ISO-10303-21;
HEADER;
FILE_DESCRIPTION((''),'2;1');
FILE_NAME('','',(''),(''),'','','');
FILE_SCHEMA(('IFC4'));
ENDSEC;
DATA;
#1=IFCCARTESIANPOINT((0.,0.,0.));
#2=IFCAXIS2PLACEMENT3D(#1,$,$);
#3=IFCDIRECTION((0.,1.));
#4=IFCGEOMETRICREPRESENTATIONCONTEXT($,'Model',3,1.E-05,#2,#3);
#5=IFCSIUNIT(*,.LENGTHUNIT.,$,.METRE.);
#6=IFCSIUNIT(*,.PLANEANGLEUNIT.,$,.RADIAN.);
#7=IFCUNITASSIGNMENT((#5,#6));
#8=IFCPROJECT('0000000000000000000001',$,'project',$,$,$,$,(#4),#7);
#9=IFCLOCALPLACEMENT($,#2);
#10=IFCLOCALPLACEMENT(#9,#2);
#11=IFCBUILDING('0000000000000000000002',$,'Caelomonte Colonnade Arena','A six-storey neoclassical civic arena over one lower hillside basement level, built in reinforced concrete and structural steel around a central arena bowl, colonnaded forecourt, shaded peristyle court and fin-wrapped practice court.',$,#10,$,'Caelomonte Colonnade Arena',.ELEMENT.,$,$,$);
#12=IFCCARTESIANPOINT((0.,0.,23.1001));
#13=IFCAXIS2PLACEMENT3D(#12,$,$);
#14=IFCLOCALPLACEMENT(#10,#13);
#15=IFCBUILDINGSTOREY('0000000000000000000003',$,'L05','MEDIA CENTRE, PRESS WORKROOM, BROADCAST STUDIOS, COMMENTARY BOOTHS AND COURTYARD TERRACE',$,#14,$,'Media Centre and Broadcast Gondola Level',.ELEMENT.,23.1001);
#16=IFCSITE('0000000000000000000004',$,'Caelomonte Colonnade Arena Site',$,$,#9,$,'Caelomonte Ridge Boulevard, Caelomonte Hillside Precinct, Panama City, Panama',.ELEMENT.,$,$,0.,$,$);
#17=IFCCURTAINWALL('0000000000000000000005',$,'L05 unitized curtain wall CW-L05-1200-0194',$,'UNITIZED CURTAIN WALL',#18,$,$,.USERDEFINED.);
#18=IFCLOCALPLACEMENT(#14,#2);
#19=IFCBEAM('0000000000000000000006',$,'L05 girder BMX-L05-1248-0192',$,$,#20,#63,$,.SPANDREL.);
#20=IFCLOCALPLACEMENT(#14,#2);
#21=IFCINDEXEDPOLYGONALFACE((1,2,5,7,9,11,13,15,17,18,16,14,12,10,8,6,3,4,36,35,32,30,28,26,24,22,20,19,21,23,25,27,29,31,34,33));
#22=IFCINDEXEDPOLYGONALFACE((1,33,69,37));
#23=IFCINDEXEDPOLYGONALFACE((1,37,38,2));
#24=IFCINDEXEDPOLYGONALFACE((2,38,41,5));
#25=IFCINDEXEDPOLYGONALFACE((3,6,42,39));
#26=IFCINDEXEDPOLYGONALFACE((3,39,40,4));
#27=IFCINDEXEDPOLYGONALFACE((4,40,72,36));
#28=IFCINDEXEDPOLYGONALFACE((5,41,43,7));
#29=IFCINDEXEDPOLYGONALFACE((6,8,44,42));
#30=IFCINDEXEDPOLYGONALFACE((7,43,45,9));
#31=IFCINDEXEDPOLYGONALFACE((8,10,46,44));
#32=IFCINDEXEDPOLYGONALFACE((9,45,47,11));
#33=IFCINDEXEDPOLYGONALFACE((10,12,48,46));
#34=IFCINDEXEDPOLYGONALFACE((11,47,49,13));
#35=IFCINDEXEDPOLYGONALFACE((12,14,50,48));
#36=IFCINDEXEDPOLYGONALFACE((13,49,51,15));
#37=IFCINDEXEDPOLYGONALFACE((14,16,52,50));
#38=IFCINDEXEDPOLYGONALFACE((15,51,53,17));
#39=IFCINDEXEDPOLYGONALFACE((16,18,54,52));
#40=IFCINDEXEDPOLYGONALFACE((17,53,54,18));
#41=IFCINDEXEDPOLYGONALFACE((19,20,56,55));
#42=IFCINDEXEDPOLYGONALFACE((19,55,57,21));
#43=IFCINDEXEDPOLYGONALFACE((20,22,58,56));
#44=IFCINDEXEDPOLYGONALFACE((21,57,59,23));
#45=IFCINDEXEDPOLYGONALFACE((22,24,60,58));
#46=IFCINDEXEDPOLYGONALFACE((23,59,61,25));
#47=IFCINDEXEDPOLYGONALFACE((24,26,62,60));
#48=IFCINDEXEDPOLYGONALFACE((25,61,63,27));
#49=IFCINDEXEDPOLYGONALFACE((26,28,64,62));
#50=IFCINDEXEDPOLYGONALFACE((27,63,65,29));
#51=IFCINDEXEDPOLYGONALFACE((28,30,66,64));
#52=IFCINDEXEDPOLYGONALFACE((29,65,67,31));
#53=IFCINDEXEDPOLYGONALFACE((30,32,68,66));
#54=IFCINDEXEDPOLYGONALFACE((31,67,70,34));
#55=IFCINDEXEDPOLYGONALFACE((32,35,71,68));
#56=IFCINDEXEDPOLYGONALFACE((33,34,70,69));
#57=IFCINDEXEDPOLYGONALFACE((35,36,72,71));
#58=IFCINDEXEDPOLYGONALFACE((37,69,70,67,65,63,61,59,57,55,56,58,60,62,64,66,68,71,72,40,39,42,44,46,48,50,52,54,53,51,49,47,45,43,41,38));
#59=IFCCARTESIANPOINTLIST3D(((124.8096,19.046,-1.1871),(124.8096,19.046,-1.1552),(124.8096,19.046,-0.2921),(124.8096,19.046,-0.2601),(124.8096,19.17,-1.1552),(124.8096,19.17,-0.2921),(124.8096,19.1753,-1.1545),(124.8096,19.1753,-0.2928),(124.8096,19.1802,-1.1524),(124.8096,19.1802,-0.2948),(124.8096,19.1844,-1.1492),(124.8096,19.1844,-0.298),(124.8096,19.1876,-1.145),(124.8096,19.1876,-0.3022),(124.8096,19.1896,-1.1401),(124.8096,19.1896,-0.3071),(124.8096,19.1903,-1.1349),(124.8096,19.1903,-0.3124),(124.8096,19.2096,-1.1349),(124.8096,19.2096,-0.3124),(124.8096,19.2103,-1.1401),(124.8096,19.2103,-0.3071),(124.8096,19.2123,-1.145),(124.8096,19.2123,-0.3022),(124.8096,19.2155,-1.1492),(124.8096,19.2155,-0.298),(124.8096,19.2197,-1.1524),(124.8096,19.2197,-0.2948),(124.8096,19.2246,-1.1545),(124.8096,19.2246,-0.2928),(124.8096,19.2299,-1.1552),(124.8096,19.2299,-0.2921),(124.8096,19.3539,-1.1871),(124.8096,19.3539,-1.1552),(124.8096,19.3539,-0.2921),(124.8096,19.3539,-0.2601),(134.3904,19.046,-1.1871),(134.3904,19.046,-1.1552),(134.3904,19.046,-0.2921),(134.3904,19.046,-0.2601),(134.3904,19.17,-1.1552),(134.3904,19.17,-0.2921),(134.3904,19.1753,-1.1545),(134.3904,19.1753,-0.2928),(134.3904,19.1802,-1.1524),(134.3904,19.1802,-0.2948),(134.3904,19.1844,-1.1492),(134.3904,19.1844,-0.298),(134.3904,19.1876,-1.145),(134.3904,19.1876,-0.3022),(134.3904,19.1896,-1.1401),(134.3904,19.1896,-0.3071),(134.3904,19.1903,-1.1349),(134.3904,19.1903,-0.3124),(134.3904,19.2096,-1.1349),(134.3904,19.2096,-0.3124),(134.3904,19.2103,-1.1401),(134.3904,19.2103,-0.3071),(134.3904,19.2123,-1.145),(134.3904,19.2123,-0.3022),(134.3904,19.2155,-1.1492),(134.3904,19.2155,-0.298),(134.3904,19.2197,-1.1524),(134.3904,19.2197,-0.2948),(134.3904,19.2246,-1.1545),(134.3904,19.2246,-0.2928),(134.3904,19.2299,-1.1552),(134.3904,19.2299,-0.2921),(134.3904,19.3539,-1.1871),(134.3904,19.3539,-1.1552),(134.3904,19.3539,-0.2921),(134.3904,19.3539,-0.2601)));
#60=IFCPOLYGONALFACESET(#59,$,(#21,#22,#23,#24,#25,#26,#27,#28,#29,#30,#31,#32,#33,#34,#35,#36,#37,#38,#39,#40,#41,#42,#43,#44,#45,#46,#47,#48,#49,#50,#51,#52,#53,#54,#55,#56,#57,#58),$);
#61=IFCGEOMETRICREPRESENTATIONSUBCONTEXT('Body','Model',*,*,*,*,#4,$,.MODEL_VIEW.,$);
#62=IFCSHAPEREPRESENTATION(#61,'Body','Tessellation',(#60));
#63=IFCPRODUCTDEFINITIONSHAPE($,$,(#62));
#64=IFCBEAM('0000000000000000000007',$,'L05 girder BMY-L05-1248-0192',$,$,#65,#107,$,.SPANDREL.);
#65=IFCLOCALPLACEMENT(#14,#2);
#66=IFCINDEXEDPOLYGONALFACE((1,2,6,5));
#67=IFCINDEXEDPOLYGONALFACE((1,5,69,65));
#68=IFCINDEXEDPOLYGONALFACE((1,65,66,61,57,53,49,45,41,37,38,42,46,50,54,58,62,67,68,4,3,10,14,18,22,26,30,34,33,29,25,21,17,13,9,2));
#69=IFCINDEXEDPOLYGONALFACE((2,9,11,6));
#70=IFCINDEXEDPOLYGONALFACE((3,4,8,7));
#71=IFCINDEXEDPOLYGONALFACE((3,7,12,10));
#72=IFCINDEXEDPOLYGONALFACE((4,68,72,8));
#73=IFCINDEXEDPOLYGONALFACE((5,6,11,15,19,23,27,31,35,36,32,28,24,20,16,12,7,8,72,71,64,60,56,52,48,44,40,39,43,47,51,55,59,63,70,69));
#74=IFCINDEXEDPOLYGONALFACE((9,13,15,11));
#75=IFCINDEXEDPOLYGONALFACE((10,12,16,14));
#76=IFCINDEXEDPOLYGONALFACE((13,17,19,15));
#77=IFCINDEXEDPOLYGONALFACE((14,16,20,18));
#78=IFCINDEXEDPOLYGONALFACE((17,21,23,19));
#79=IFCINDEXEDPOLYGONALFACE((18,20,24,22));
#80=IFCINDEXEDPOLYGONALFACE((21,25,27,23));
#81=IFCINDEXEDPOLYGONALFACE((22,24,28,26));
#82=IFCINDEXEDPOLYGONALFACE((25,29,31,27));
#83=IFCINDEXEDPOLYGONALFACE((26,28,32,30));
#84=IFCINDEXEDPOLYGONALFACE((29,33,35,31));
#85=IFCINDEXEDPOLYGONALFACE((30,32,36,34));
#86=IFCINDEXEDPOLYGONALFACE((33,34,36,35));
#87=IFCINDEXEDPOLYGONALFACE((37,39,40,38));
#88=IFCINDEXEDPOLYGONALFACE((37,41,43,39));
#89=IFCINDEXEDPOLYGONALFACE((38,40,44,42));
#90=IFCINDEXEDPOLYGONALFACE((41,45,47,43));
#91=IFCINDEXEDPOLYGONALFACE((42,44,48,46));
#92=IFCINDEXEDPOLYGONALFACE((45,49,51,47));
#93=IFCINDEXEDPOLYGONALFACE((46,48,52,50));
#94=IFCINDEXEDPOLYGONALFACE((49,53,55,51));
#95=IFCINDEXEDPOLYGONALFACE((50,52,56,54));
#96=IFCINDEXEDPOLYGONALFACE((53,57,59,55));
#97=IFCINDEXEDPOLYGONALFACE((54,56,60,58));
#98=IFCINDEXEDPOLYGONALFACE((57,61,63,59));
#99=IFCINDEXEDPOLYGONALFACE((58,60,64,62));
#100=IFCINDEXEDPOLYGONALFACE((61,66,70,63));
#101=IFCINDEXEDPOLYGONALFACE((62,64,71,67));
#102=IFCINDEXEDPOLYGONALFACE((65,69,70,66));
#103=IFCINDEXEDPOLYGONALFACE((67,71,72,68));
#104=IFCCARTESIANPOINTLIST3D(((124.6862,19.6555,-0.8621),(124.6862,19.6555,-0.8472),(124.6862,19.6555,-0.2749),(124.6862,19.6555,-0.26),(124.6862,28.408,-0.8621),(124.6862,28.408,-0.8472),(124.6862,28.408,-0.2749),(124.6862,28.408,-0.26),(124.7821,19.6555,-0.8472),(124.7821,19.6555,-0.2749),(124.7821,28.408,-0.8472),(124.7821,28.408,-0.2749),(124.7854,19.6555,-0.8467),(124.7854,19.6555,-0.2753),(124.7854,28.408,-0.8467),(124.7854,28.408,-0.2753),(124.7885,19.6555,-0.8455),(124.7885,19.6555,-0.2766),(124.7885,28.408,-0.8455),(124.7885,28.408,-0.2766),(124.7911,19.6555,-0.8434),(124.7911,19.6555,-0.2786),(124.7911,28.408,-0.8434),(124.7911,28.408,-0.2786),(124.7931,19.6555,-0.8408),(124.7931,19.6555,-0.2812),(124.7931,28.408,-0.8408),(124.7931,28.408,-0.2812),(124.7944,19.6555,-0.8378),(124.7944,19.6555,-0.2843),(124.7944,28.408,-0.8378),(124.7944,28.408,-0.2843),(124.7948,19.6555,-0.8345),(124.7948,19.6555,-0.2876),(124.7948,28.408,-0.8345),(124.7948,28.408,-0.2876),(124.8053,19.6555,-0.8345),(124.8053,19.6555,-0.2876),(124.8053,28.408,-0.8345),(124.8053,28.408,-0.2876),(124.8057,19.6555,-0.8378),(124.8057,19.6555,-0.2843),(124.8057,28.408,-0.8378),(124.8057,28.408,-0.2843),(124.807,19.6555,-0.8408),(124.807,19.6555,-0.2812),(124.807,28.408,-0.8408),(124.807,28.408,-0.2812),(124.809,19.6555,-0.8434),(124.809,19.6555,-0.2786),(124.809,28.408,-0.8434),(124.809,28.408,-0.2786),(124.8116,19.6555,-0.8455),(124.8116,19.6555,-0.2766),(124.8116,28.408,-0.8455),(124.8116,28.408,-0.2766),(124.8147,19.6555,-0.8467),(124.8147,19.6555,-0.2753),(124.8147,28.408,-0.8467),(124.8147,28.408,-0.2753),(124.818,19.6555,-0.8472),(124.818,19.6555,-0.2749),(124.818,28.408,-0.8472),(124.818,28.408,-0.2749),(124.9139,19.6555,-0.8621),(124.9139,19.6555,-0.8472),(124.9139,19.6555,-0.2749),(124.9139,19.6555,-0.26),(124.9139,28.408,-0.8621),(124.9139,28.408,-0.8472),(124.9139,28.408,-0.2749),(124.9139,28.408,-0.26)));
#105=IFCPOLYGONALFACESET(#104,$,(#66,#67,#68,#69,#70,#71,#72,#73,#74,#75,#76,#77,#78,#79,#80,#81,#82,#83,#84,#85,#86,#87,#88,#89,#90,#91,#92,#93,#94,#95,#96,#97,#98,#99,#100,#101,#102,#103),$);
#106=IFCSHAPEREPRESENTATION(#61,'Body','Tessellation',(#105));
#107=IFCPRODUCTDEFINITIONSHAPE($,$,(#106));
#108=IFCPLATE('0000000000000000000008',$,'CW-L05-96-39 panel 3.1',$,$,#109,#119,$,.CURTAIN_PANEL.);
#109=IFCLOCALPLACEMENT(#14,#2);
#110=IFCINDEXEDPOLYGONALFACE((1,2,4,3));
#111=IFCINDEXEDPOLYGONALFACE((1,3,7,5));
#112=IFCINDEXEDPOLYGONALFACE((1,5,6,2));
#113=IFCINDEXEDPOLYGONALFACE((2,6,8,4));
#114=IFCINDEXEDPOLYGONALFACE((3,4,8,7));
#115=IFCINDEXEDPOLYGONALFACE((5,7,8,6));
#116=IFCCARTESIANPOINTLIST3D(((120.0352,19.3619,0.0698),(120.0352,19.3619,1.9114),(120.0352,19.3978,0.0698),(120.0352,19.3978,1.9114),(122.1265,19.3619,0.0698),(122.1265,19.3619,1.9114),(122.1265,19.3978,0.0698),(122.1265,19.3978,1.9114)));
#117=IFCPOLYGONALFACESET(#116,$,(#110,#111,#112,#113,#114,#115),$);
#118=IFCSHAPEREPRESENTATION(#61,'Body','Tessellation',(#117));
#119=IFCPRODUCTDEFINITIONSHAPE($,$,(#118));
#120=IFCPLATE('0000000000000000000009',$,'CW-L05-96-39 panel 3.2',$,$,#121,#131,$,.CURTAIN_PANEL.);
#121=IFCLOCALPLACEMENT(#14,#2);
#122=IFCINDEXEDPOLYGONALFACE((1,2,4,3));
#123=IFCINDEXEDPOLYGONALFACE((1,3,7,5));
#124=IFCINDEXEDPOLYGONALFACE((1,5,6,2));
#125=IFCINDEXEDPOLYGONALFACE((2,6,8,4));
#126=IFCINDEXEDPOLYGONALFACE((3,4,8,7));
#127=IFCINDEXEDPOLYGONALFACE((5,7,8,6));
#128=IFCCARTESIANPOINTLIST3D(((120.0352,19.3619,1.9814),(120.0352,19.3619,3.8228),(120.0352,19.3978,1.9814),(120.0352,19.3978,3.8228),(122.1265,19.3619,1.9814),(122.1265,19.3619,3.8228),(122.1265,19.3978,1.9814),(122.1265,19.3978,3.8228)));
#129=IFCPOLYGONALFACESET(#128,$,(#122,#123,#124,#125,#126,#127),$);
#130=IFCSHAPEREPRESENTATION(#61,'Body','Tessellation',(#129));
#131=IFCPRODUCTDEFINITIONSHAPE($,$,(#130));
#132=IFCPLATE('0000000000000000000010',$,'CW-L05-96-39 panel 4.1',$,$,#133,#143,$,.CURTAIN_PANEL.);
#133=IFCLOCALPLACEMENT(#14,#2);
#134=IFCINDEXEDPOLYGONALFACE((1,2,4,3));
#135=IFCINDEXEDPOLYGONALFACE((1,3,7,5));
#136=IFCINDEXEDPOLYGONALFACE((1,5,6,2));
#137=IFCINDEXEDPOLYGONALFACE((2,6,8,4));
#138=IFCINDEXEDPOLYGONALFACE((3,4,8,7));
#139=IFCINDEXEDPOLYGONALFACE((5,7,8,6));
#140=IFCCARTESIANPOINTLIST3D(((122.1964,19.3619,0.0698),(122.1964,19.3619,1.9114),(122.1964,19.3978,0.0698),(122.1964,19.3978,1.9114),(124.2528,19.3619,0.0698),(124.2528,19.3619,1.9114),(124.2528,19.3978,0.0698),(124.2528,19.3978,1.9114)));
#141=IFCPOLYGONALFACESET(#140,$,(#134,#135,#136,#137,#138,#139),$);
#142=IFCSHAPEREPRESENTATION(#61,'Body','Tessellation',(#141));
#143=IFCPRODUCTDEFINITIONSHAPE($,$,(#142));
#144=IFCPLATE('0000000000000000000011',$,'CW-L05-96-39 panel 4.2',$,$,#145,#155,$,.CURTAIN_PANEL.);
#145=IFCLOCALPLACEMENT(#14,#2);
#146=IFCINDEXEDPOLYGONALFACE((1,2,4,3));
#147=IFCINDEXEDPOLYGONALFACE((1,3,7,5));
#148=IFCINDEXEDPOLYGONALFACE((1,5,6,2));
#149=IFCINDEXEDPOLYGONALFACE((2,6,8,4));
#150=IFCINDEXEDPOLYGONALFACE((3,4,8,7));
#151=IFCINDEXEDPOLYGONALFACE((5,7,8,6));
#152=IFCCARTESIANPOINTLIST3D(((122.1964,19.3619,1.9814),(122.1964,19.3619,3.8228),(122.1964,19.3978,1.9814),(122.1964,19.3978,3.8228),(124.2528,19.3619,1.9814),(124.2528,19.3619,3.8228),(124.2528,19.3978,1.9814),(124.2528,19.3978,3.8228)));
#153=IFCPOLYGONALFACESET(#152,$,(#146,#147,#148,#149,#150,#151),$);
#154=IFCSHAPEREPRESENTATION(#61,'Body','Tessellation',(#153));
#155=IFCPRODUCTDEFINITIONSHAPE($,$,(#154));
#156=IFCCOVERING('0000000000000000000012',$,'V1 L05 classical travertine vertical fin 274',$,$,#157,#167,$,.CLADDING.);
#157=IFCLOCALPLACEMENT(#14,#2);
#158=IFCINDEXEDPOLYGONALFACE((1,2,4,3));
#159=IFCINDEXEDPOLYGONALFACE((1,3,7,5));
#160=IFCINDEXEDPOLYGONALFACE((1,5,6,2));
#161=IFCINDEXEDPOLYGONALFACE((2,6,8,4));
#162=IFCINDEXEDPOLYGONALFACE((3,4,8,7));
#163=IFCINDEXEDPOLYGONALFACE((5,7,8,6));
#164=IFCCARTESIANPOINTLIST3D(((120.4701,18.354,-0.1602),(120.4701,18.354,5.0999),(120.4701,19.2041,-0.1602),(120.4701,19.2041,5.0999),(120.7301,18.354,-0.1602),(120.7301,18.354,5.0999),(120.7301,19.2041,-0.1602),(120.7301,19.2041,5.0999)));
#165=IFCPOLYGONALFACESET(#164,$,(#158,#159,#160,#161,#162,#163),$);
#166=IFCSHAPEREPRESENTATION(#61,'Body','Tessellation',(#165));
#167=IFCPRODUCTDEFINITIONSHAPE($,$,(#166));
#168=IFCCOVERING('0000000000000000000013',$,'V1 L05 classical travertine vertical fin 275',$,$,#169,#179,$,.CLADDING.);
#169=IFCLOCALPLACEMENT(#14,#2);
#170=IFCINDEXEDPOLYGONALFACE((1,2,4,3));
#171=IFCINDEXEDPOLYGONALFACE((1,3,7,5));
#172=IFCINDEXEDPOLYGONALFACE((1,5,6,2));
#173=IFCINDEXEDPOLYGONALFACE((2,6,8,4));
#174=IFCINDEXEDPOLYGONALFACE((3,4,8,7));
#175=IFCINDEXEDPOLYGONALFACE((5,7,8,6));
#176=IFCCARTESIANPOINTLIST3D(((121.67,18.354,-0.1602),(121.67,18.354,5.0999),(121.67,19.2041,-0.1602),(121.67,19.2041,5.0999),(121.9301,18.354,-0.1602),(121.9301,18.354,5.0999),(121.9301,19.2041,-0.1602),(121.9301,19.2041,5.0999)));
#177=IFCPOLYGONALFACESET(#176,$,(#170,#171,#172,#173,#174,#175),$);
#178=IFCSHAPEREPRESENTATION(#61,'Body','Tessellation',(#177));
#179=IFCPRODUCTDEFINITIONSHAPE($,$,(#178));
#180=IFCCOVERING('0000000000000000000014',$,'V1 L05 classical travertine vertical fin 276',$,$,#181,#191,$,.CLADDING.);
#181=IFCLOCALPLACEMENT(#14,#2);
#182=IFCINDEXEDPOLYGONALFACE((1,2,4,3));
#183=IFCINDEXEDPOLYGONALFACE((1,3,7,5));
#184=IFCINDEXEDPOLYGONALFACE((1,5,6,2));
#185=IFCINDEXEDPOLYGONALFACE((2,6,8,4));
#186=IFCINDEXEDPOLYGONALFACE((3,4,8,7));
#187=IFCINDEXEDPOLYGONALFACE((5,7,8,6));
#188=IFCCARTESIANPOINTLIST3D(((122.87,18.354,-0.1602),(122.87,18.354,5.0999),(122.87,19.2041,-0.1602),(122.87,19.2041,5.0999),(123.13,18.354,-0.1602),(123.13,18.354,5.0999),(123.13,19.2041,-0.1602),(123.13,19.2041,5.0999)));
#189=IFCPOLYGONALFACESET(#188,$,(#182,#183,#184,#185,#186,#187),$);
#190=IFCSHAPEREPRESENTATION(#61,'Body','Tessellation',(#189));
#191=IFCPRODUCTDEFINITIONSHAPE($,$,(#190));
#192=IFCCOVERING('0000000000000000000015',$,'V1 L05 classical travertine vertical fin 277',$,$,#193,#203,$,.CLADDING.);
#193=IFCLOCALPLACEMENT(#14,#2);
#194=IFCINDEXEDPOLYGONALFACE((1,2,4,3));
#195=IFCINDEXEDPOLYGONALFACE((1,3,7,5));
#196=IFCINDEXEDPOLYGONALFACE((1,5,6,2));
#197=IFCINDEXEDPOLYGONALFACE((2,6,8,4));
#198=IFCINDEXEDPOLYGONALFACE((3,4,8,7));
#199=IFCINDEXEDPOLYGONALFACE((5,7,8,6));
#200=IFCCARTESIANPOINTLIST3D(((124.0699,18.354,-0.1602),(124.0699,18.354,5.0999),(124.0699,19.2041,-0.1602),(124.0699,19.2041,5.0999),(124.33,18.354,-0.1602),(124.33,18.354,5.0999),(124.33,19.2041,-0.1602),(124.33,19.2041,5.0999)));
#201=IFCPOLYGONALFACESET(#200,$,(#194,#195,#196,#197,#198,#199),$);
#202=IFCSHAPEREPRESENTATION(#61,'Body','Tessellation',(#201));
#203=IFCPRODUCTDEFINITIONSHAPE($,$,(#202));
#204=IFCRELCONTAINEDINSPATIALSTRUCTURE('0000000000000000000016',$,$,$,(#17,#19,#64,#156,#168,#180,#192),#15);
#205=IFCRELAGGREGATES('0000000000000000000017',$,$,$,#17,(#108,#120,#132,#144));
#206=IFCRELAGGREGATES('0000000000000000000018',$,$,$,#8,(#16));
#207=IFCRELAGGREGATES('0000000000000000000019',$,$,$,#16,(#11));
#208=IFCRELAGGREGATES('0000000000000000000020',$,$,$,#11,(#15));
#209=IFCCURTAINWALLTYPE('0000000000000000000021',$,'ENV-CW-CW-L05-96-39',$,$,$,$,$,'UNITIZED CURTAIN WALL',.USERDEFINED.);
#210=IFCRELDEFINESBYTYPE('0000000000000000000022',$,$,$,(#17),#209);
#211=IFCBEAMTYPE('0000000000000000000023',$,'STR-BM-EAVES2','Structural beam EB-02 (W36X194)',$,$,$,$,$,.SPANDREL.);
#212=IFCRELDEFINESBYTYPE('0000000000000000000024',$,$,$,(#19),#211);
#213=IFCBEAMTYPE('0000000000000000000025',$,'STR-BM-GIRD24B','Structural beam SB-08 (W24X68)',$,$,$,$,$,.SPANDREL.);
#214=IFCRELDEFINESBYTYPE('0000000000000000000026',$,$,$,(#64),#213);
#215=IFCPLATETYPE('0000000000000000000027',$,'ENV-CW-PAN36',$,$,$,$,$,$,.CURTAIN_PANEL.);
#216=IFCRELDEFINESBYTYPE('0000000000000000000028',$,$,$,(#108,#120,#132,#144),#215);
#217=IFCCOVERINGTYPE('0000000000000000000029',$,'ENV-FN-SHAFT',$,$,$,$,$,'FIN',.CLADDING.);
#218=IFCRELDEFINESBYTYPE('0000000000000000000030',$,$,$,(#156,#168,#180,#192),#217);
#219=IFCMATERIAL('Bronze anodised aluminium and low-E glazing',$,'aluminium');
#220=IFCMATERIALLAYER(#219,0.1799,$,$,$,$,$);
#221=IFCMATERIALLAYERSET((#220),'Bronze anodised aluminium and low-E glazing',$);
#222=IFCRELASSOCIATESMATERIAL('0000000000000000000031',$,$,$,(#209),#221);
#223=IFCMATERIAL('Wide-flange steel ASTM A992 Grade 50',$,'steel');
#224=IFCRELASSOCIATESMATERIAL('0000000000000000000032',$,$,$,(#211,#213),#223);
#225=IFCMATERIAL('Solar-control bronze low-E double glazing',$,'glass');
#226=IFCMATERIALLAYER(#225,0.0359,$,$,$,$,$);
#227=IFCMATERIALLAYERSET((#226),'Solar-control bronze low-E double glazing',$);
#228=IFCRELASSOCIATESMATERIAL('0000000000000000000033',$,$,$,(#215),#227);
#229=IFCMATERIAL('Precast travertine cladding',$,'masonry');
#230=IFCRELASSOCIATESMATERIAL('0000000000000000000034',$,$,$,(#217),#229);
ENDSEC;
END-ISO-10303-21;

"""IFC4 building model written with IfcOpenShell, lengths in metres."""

from ifc_helpers import new_model, si_unit, direction, frame, origin, origin_2d, place, context, subcontext, project, spatial, rectangle, i_section, extrude, material, layer, layer_set, material_profile, profile_set, type_object, element, aggregate, save


model = new_model("IFC4")

# Units and contexts
model_context = context("Model", 3, precision=1e-05, world=origin(), true_north=direction((0.0, 1.0)))
body_context = subcontext(model_context, "Body", "Model", "MODEL_VIEW")
ifc_project = project(units=[si_unit("LENGTHUNIT", "METRE"), si_unit("PLANEANGLEUNIT", "RADIAN")], contexts=[model_context])

# Site, building, storey
site_placement = place(None, origin())
site = spatial("IfcSite", under=ifc_project, at=site_placement, Name="Caelomonte Colonnade Arena Site", LongName="Caelomonte Ridge Boulevard, Caelomonte Hillside Precinct, Panama City, Panama", CompositionType="ELEMENT", RefElevation=0.0)
building_placement = place(site_placement, origin())
building = spatial("IfcBuilding", under=site, at=building_placement, Name="Caelomonte Colonnade Arena", Description="A six-storey neoclassical civic arena over one lower hillside basement level, built in reinforced concrete and structural steel around a central arena bowl, colonnaded forecourt, shaded peristyle court and fin-wrapped practice court.", LongName="Caelomonte Colonnade Arena", CompositionType="ELEMENT")
storey_placement = place(building_placement, frame((0.0, 0.0, 23.1001)))
storey = spatial("IfcBuildingStorey", under=building, at=storey_placement, Name="L05", Description="MEDIA CENTRE, PRESS WORKROOM, BROADCAST STUDIOS, COMMENTARY BOOTHS AND COURTYARD TERRACE", LongName="Media Centre and Broadcast Gondola Level", CompositionType="ELEMENT", Elevation=23.1001)

# Shared definitions
ifc_material_1 = material(Name="Wide-flange steel ASTM A992 Grade 50", Category="steel")

# Curtain wall
ifc_material_2 = material(Name="Bronze anodised aluminium and low-E glazing", Category="aluminium")
ifc_layer_1 = layer(ifc_material_2, 0.1799)
ifc_layer_set_1 = layer_set([ifc_layer_1], Name="Bronze anodised aluminium and low-E glazing")
curtain_wall_type = type_object("IfcCurtainWallType", Name="ENV-CW-CW-L05-96-39", ElementType="UNITIZED CURTAIN WALL", PredefinedType="USERDEFINED", material=ifc_layer_set_1)
curtain_wall_1_placement = place(storey_placement, origin())
curtain_wall_1 = element("IfcCurtainWall", 1, at=curtain_wall_1_placement, inside=storey, type_object=curtain_wall_type, Name="L05 unitized curtain wall CW-L05-1200-0194", ObjectType="UNITIZED CURTAIN WALL", PredefinedType="USERDEFINED")

# Beams
ifc_material_profile_1 = material_profile(ifc_material_1, i_section(OverallWidth=0.3079, OverallDepth=0.927, WebThickness=0.0193, FlangeThickness=0.032, FilletRadius=0.0203, at=origin_2d()), Name="W36X194")
ifc_profile_set_1 = profile_set([ifc_material_profile_1], Name="Wide-flange steel ASTM A992 Grade 50")
beam_type_1 = type_object("IfcBeamType", Name="STR-BM-EAVES2", Description="Structural beam EB-02 (W36X194)", PredefinedType="SPANDREL", material=ifc_profile_set_1)
beam_1_placement = place(storey_placement, frame((124.8096, 19.2, -0.7236), z_axis=(1.0, 0.0, 0.0), x_axis=(0.0, 1.0, 0.0)))
element("IfcBeam", 2, at=beam_1_placement, inside=storey, type_object=beam_type_1, Name="L05 girder BMX-L05-1248-0192", PredefinedType="SPANDREL", context=body_context, shape_type="SweptSolid", body=[
    extrude(i_section(OverallWidth=0.3079, OverallDepth=0.927, WebThickness=0.0193, FlangeThickness=0.032, FilletRadius=0.0203, at=origin_2d()), origin(), (0.0, 0.0, 1.0), 9.5808),
])
ifc_material_profile_2 = material_profile(ifc_material_1, i_section(OverallWidth=0.2278, OverallDepth=0.6021, WebThickness=0.0105, FlangeThickness=0.0149, FilletRadius=0.0127, at=origin_2d()), Name="W24X68")
ifc_profile_set_2 = profile_set([ifc_material_profile_2], Name="Wide-flange steel ASTM A992 Grade 50")
beam_type_2 = type_object("IfcBeamType", Name="STR-BM-GIRD24B", Description="Structural beam SB-08 (W24X68)", PredefinedType="SPANDREL", material=ifc_profile_set_2)
beam_2_placement = place(storey_placement, frame((124.8, 19.6555, -0.561), z_axis=(0.0, 1.0, 0.0), x_axis=(-1.0, 0.0, 0.0)))
element("IfcBeam", 3, at=beam_2_placement, inside=storey, type_object=beam_type_2, Name="L05 girder BMY-L05-1248-0192", PredefinedType="SPANDREL", context=body_context, shape_type="SweptSolid", body=[
    extrude(i_section(OverallWidth=0.2278, OverallDepth=0.6021, WebThickness=0.0105, FlangeThickness=0.0149, FilletRadius=0.0127, at=origin_2d()), origin(), (0.0, 0.0, 1.0), 8.7524),
])

# Plates
ifc_material_3 = material(Name="Solar-control bronze low-E double glazing", Category="glass")
ifc_layer_2 = layer(ifc_material_3, 0.0359)
ifc_layer_set_2 = layer_set([ifc_layer_2], Name="Solar-control bronze low-E double glazing")
plate_type = type_object("IfcPlateType", Name="ENV-CW-PAN36", PredefinedType="CURTAIN_PANEL", material=ifc_layer_set_2)
plate_1_placement = place(storey_placement, frame((121.0808, 19.3799, 0.0698), z_axis=(0.0, 0.0, 1.0), x_axis=(1.0, 0.0, 0.0)))
plate_1 = element("IfcPlate", 4, at=plate_1_placement, type_object=plate_type, Name="CW-L05-96-39 panel 3.1", PredefinedType="CURTAIN_PANEL", context=body_context, shape_type="SweptSolid", body=[
    extrude(rectangle(XDim=2.0913, YDim=0.0359, at=origin_2d()), origin(), (0.0, 0.0, 1.0), 1.8416),
])
plate_2_placement = place(storey_placement, frame((121.0808, 19.3799, 1.9814), z_axis=(0.0, 0.0, 1.0), x_axis=(1.0, 0.0, 0.0)))
plate_2 = element("IfcPlate", 5, at=plate_2_placement, type_object=plate_type, Name="CW-L05-96-39 panel 3.2", PredefinedType="CURTAIN_PANEL", context=body_context, shape_type="SweptSolid", body=[
    extrude(rectangle(XDim=2.0913, YDim=0.0359, at=origin_2d()), origin(), (0.0, 0.0, 1.0), 1.8413),
])
plate_3_placement = place(storey_placement, frame((123.2246, 19.3799, 0.0698), z_axis=(0.0, 0.0, 1.0), x_axis=(1.0, 0.0, 0.0)))
plate_3 = element("IfcPlate", 6, at=plate_3_placement, type_object=plate_type, Name="CW-L05-96-39 panel 4.1", PredefinedType="CURTAIN_PANEL", context=body_context, shape_type="SweptSolid", body=[
    extrude(rectangle(XDim=2.0564, YDim=0.0359, at=origin_2d()), origin(), (0.0, 0.0, 1.0), 1.8416),
])
plate_4_placement = place(storey_placement, frame((123.2246, 19.3799, 1.9814), z_axis=(0.0, 0.0, 1.0), x_axis=(1.0, 0.0, 0.0)))
plate_4 = element("IfcPlate", 7, at=plate_4_placement, type_object=plate_type, Name="CW-L05-96-39 panel 4.2", PredefinedType="CURTAIN_PANEL", context=body_context, shape_type="SweptSolid", body=[
    extrude(rectangle(XDim=2.0564, YDim=0.0359, at=origin_2d()), origin(), (0.0, 0.0, 1.0), 1.8413),
])
aggregate(curtain_wall_1, [plate_1, plate_2, plate_3, plate_4])

# Coverings
ifc_material_4 = material(Name="Precast travertine cladding", Category="masonry")
ifc_material_profile_3 = material_profile(ifc_material_4, rectangle(XDim=0.26, YDim=0.8501, at=origin_2d()), Name="FIN260X850")
ifc_profile_set_3 = profile_set([ifc_material_profile_3], Name="Precast travertine cladding")
covering_type = type_object("IfcCoveringType", Name="ENV-FN-SHAFT", ElementType="FIN", PredefinedType="CLADDING", material=ifc_profile_set_3)
for number, where, z_axis, x_axis, name in (
    (8, (120.6001, 18.7791, -0.1602), (0.0, 0.0, 1.0), (-1.0, 0.0, 0.0), "V1 L05 classical travertine vertical fin 274"),
    (9, (121.8, 18.7791, -0.1602), (0.0, 0.0, 1.0), (-1.0, 0.0, 0.0), "V1 L05 classical travertine vertical fin 275"),
    (10, (123.0, 18.7791, -0.1602), (0.0, 0.0, 1.0), (-1.0, 0.0, 0.0), "V1 L05 classical travertine vertical fin 276"),
    (11, (124.2, 18.7791, -0.1602), (0.0, 0.0, 1.0), (-1.0, 0.0, 0.0), "V1 L05 classical travertine vertical fin 277"),
):
    element("IfcCovering", number, at=place(storey_placement, frame(where, z_axis=z_axis, x_axis=x_axis)), inside=storey, type_object=covering_type, Name=name, PredefinedType="CLADDING", context=body_context, shape_type="SweptSolid", body=[
        extrude(rectangle(XDim=0.26, YDim=0.8501, at=origin_2d()), origin(), (0.0, 0.0, 1.0), 5.26),
    ])

save(model, "model.ifc")
